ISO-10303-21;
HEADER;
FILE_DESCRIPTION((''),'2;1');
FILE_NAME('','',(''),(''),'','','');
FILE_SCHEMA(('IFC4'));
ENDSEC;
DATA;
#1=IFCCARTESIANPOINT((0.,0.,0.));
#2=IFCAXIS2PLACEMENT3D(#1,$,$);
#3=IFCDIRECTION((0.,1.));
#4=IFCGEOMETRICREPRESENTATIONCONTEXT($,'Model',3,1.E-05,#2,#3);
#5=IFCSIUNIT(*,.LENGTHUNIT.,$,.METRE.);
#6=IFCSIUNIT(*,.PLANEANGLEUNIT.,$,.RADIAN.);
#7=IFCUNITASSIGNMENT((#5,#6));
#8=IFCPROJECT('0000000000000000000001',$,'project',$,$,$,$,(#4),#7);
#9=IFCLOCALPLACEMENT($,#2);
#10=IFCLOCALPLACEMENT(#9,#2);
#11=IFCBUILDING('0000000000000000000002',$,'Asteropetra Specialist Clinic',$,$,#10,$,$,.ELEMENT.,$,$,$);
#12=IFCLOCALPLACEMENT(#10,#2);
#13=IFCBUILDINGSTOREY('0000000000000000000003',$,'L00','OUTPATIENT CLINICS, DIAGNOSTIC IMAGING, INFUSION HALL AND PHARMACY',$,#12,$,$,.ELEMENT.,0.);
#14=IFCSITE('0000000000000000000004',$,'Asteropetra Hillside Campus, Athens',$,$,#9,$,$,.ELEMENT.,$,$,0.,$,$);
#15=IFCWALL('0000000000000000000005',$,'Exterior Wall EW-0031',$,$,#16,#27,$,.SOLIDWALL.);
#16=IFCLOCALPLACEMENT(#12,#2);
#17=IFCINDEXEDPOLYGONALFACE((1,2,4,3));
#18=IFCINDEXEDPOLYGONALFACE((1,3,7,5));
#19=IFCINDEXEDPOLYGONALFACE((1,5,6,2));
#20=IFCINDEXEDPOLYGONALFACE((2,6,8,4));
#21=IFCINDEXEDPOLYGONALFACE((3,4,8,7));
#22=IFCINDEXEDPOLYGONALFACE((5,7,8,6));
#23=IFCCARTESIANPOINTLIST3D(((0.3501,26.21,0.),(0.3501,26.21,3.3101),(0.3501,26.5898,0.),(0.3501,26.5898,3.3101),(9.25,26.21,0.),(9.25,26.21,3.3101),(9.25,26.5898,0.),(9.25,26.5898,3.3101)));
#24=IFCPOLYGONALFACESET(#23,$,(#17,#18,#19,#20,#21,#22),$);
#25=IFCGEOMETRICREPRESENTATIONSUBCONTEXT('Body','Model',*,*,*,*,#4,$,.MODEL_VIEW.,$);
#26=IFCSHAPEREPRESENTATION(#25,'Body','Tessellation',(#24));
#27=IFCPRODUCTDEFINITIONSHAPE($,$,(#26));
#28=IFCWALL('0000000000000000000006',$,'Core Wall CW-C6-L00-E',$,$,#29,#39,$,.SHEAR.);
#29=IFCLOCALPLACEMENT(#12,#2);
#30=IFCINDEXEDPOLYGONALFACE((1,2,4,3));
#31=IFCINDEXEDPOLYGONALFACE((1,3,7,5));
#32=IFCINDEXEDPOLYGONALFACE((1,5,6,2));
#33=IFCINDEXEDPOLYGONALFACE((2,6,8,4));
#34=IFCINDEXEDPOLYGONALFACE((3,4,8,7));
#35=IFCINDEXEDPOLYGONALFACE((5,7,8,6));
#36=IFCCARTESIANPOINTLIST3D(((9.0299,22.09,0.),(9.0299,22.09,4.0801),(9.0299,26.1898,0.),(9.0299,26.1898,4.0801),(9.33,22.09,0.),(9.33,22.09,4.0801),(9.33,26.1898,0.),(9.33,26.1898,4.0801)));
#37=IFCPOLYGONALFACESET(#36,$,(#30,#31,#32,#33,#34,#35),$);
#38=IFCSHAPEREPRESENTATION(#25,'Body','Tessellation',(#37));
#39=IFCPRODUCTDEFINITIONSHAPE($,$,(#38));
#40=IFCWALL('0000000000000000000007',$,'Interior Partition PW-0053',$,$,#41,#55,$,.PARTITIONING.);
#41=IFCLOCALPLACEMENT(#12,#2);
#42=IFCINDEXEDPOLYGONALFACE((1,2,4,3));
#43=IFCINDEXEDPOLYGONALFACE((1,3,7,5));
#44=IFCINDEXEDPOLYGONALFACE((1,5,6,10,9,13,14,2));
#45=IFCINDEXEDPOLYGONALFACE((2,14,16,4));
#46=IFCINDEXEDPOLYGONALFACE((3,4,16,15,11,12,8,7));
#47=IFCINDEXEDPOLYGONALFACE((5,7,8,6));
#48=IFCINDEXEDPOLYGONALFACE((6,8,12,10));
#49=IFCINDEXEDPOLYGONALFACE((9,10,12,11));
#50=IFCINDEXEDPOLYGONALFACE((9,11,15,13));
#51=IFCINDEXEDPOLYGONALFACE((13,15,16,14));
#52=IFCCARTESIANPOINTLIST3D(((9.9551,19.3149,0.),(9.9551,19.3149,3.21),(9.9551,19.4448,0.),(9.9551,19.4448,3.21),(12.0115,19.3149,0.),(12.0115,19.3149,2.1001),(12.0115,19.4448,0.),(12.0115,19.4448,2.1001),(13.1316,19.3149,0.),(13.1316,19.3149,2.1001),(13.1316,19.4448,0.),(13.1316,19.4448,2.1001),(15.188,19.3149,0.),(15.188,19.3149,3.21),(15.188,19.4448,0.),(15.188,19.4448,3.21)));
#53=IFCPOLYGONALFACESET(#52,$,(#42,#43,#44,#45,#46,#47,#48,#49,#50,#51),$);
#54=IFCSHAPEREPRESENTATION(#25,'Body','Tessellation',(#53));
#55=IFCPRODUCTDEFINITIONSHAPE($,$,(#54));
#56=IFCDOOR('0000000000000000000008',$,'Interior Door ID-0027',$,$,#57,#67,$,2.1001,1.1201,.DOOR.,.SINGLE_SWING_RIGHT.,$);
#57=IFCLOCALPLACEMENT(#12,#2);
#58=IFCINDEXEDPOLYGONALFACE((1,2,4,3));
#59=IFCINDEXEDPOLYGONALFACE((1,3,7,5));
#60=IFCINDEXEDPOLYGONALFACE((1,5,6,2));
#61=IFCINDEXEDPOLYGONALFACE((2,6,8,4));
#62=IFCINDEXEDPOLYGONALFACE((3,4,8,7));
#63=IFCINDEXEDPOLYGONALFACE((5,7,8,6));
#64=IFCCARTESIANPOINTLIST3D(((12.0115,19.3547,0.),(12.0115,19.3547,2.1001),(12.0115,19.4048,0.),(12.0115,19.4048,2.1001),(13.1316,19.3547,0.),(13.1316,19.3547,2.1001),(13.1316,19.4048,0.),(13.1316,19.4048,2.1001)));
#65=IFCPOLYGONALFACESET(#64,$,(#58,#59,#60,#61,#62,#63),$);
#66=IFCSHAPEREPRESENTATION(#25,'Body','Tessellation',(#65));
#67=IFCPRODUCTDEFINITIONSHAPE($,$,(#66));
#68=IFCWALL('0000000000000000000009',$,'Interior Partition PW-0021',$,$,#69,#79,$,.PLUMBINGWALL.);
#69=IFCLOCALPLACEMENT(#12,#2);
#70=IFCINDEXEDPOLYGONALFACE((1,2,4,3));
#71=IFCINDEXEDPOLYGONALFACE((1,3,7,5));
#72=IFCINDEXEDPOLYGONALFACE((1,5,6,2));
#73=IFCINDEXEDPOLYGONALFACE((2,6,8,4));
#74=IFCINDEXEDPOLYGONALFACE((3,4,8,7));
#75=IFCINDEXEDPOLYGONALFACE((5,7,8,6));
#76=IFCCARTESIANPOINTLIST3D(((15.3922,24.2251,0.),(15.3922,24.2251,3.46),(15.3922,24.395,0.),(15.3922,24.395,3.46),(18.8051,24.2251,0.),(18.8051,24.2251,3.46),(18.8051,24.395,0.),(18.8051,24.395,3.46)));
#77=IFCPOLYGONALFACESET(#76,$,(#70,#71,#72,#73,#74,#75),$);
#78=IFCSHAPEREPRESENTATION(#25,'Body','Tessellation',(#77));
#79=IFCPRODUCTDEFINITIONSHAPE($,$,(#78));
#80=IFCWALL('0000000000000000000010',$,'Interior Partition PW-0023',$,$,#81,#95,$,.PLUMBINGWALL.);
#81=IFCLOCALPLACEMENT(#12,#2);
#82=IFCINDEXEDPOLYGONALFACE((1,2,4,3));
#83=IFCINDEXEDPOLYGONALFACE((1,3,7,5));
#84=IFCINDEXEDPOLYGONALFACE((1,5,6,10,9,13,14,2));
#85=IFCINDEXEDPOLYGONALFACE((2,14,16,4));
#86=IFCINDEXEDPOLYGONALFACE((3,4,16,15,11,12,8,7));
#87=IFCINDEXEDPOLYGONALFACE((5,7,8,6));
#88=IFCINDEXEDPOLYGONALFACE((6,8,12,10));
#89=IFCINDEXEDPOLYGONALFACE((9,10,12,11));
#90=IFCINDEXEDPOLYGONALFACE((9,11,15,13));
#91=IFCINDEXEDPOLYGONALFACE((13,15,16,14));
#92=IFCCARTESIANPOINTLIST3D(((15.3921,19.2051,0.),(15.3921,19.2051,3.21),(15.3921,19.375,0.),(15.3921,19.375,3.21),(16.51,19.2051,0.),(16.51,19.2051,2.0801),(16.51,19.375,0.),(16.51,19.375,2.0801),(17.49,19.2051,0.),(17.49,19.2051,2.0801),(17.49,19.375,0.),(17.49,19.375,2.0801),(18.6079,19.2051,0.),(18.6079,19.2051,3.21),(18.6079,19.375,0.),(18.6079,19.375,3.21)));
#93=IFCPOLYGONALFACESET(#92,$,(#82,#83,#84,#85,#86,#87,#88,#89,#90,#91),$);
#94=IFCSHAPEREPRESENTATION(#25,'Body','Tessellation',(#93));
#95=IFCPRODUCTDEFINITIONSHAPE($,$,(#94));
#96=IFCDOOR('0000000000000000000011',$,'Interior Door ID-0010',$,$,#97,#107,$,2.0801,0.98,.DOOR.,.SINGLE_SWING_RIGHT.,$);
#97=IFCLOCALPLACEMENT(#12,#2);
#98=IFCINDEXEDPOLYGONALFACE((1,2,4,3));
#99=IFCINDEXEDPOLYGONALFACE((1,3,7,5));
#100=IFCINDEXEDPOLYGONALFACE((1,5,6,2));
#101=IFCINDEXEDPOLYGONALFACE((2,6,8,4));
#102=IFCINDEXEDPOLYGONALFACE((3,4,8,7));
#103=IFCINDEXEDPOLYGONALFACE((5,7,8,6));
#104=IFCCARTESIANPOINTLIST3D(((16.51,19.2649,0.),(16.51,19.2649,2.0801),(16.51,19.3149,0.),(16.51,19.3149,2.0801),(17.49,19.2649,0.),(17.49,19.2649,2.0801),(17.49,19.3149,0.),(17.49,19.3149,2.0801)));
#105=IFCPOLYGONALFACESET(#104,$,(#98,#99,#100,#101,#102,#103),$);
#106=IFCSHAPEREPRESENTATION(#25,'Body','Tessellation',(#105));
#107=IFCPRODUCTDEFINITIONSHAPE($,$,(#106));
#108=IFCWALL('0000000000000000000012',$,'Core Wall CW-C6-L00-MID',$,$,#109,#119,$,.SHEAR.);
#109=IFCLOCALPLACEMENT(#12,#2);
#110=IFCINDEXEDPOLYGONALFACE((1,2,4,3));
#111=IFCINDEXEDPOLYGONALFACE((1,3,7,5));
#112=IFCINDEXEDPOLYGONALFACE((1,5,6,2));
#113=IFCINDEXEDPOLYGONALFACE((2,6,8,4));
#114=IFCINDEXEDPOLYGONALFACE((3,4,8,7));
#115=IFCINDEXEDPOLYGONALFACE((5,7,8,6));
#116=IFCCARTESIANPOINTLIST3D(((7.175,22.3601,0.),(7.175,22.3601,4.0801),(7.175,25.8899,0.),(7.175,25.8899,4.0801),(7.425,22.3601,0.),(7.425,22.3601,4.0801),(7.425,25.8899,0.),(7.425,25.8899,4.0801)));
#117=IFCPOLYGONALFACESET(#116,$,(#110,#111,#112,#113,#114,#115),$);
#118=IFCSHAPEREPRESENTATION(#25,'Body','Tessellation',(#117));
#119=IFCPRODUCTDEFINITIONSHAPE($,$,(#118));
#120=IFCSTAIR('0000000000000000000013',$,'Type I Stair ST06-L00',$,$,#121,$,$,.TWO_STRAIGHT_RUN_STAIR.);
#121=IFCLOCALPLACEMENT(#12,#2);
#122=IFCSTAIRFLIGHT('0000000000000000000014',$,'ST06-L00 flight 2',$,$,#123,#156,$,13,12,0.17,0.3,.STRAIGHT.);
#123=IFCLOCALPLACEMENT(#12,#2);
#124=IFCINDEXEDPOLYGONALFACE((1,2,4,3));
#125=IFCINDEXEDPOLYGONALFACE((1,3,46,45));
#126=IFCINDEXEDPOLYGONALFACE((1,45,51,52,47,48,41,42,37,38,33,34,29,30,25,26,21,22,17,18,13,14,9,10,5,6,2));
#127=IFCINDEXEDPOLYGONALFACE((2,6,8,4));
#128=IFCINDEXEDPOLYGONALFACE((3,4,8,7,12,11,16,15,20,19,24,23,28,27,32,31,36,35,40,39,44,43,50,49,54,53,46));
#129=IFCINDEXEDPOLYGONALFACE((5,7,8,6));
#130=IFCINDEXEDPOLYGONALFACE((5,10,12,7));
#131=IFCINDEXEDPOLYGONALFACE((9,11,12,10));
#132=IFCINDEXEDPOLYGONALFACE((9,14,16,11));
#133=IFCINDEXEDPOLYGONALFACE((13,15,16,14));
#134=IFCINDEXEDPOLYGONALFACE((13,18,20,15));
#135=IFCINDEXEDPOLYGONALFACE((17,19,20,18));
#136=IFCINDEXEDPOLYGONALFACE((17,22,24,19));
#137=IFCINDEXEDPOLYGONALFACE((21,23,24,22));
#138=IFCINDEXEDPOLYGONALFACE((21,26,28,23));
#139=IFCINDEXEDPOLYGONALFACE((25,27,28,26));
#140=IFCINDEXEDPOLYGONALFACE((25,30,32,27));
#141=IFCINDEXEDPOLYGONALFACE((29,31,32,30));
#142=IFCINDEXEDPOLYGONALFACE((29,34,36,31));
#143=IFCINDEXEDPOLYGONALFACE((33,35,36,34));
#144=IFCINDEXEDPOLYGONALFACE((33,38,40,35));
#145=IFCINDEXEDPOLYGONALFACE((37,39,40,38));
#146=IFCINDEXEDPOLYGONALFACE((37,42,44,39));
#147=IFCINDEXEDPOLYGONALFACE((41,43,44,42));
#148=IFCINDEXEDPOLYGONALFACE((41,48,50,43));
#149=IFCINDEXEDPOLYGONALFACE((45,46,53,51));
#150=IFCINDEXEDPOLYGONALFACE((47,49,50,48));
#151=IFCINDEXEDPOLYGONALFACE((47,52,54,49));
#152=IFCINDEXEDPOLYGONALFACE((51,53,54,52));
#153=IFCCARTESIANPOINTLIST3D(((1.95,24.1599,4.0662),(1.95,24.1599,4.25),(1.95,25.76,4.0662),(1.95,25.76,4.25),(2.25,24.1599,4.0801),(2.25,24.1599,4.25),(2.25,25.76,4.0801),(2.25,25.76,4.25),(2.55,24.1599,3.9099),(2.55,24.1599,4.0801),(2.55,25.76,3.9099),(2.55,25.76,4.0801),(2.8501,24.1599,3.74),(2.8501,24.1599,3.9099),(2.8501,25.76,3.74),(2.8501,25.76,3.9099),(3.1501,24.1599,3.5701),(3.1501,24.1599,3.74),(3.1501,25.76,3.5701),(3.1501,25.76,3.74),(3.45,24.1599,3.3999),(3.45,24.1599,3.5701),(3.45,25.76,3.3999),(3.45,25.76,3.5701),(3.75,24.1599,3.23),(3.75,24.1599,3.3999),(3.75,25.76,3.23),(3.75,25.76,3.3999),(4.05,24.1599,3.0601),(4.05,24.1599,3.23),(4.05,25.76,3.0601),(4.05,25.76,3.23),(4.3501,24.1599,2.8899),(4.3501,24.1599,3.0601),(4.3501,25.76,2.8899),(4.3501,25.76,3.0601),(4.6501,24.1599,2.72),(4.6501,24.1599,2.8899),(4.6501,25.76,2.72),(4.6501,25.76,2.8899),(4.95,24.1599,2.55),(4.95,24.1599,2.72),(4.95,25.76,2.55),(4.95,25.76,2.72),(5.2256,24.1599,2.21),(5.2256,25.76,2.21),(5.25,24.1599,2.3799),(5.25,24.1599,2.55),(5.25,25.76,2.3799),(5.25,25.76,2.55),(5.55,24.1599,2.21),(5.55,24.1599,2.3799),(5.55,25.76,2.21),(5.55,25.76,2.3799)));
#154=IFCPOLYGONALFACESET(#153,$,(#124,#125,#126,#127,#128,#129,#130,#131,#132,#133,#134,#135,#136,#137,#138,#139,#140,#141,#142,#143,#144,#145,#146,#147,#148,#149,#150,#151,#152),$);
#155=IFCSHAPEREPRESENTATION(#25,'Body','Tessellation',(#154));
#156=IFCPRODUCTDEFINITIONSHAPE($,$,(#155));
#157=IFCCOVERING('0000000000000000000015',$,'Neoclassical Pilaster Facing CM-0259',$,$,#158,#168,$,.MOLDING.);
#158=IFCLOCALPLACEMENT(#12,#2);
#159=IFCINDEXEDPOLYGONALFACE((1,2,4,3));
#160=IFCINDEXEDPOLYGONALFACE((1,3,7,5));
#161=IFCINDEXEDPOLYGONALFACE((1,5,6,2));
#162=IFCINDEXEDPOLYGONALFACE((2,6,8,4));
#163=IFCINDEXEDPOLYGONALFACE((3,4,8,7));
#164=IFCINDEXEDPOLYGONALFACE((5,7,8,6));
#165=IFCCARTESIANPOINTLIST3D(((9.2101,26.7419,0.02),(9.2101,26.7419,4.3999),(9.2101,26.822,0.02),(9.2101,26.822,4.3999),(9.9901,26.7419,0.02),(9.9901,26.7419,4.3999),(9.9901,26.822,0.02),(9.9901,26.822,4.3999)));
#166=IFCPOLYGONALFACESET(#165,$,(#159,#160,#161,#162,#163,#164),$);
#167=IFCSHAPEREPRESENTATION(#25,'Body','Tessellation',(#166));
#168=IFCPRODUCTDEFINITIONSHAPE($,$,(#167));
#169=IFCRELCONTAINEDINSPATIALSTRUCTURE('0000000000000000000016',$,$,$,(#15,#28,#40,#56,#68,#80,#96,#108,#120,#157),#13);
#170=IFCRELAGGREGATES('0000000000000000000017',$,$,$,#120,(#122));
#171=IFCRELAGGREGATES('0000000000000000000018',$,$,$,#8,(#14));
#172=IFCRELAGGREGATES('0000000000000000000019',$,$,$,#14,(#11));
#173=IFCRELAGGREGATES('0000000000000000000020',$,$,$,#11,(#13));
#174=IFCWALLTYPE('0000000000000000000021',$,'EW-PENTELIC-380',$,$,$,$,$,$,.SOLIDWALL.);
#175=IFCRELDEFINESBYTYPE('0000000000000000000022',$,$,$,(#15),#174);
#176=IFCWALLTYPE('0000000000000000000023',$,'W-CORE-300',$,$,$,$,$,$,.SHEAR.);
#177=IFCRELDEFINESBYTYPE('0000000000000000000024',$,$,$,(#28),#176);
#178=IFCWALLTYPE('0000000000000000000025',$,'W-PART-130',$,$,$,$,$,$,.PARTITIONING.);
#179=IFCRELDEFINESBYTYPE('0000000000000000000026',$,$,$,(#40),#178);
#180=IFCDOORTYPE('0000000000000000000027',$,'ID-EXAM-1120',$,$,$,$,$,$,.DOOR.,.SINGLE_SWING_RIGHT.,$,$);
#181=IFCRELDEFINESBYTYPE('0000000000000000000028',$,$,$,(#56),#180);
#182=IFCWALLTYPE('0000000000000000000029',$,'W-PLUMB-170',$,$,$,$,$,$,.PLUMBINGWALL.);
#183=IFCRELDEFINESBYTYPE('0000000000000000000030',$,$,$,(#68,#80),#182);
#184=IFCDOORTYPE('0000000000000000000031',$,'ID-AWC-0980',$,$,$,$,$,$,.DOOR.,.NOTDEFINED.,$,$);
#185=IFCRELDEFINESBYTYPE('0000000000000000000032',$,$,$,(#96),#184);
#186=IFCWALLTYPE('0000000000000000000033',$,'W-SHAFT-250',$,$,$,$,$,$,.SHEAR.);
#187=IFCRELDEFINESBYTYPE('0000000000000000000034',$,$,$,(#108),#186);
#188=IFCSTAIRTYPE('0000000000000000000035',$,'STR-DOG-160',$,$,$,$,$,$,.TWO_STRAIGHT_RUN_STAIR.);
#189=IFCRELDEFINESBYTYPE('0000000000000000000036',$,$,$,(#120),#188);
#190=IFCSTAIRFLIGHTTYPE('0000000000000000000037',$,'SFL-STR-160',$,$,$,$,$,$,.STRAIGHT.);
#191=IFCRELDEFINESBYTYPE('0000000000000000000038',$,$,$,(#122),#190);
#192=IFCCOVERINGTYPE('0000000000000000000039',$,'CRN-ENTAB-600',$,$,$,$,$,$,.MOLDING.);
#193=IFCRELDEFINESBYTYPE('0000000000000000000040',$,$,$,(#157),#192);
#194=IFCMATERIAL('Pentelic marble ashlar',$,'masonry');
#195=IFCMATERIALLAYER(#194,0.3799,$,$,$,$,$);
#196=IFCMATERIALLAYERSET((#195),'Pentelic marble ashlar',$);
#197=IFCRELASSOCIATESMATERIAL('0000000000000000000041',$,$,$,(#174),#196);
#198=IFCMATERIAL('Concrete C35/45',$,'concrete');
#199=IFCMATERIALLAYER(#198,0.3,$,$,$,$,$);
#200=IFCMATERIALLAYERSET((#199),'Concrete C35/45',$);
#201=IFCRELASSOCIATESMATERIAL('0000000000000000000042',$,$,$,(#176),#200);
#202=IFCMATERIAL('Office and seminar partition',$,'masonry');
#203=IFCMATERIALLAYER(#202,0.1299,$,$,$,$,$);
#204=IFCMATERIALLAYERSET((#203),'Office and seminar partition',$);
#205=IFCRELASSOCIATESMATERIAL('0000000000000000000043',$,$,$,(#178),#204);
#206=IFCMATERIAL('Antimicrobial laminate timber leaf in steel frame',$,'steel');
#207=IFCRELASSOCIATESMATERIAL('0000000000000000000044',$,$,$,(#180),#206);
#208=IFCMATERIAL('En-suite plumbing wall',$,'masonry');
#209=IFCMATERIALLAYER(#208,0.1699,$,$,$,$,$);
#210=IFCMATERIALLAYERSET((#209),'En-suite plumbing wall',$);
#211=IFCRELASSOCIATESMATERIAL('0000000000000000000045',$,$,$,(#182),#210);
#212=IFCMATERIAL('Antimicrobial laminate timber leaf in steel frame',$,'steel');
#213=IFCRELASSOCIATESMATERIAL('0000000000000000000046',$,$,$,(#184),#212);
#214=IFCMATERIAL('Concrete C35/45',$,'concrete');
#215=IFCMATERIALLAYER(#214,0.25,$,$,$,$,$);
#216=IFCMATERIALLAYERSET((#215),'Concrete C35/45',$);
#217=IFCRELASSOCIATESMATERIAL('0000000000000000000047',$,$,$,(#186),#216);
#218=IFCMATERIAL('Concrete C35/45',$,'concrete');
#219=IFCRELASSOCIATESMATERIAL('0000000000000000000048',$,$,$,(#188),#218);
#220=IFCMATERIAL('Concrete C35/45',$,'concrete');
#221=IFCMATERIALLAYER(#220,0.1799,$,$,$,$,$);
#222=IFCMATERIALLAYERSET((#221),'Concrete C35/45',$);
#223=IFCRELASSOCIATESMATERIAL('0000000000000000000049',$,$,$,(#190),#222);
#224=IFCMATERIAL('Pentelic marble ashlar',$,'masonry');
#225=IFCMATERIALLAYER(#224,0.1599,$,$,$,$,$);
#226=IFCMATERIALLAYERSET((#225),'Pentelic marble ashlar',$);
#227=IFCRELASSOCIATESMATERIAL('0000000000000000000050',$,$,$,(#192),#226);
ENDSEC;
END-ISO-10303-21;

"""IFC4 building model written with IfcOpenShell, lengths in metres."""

from ifc_helpers import new_model, si_unit, direction, frame, frame_2d, origin, origin_2d, place, context, subcontext, project, spatial, polyline, rectangle, outline, extrude, material, layer, layer_set, type_object, element, fill, aggregate, save


model = new_model("IFC4")

# Units and contexts
model_context = context("Model", 3, precision=1e-05, world=origin(), true_north=direction((0.0, 1.0)))
body_context = subcontext(model_context, "Body", "Model", "MODEL_VIEW")
ifc_project = project(units=[si_unit("LENGTHUNIT", "METRE"), si_unit("PLANEANGLEUNIT", "RADIAN")], contexts=[model_context])

# Site, building, storey
site_placement = place(None, origin())
site = spatial("IfcSite", under=ifc_project, at=site_placement, Name="Asteropetra Hillside Campus, Athens", CompositionType="ELEMENT", RefElevation=0.0)
building_placement = place(site_placement, origin())
building = spatial("IfcBuilding", under=site, at=building_placement, Name="Asteropetra Specialist Clinic", CompositionType="ELEMENT")
storey_placement = place(building_placement, origin())
storey = spatial("IfcBuildingStorey", under=building, at=storey_placement, Name="L00", Description="OUTPATIENT CLINICS, DIAGNOSTIC IMAGING, INFUSION HALL AND PHARMACY", CompositionType="ELEMENT", Elevation=0.0)

# Walls
ifc_material_1 = material(Name="Pentelic marble ashlar", Category="masonry")
ifc_layer_1 = layer(ifc_material_1, 0.3799)
ifc_layer_set_1 = layer_set([ifc_layer_1], Name="Pentelic marble ashlar")
wall_type_1 = type_object("IfcWallType", Name="EW-PENTELIC-380", PredefinedType="SOLIDWALL", material=ifc_layer_set_1)
wall_1_placement = place(storey_placement, frame((9.25, 26.3999, 0.0), z_axis=(0.0, 0.0, 1.0), x_axis=(-1.0, 0.0, 0.0)))
element("IfcWall", 1, at=wall_1_placement, inside=storey, type_object=wall_type_1, Name="Exterior Wall EW-0031", PredefinedType="SOLIDWALL", context=body_context, shape_type="SweptSolid", body=[
    extrude(rectangle(XDim=8.8999, YDim=0.3799, at=frame_2d((4.45, 0.0))), origin(), (0.0, 0.0, 1.0), 3.3101),
])
ifc_material_2 = material(Name="Concrete C35/45", Category="concrete")
ifc_layer_2 = layer(ifc_material_2, 0.3)
ifc_layer_set_2 = layer_set([ifc_layer_2], Name="Concrete C35/45")
wall_type_2 = type_object("IfcWallType", Name="W-CORE-300", PredefinedType="SHEAR", material=ifc_layer_set_2)
wall_2_placement = place(storey_placement, frame((9.1799, 22.0901, 0.0), z_axis=(0.0, 0.0, 1.0), x_axis=(0.0, 1.0, 0.0)))
element("IfcWall", 2, at=wall_2_placement, inside=storey, type_object=wall_type_2, Name="Core Wall CW-C6-L00-E", PredefinedType="SHEAR", context=body_context, shape_type="SweptSolid", body=[
    extrude(rectangle(XDim=4.0999, YDim=0.3, at=frame_2d((2.0498, 0.0))), origin(), (0.0, 0.0, 1.0), 4.0801),
])

# Wall, opening, door
ifc_material_3 = material(Name="Office and seminar partition", Category="masonry")
ifc_layer_3 = layer(ifc_material_3, 0.1299)
ifc_layer_set_3 = layer_set([ifc_layer_3], Name="Office and seminar partition")
wall_type_3 = type_object("IfcWallType", Name="W-PART-130", PredefinedType="PARTITIONING", material=ifc_layer_set_3)
wall_3_placement = place(storey_placement, frame((9.9551, 19.3799, 0.0), z_axis=(0.0, 0.0, 1.0), x_axis=(1.0, 0.0, 0.0)))
wall_3 = element("IfcWall", 3, at=wall_3_placement, inside=storey, type_object=wall_type_3, Name="Interior Partition PW-0053", PredefinedType="PARTITIONING", context=body_context, shape_type="SweptSolid", body=[
    extrude(rectangle(XDim=5.2329, YDim=0.1299, at=frame_2d((2.6165, 0.0))), origin(), (0.0, 0.0, 1.0), 3.21),
])
opening_1_placement = place(wall_3_placement, frame((2.0564, 0.0, 0.0)))
opening_1 = element("IfcOpeningElement", 4, at=opening_1_placement, cuts=wall_3, PredefinedType="OPENING", context=body_context, shape_type="SweptSolid", body=[
    extrude(rectangle(XDim=1.1201, YDim=2.1001, at=frame_2d((0.5601, 1.05))), frame((0.0, 0.075, 0.0), z_axis=(0.0, -1.0, 0.0), x_axis=(1.0, 0.0, 0.0)), (0.0, 0.0, 1.0), 0.1499),
])
ifc_material_4 = material(Name="Antimicrobial laminate timber leaf in steel frame", Category="steel")
door_type_1 = type_object("IfcDoorType", Name="ID-EXAM-1120", OperationType="SINGLE_SWING_RIGHT", PredefinedType="DOOR", material=ifc_material_4)
door_1_placement = place(opening_1_placement, origin())
door_1 = element("IfcDoor", 5, at=door_1_placement, inside=storey, type_object=door_type_1, Name="Interior Door ID-0027", OperationType="SINGLE_SWING_RIGHT", OverallHeight=2.1001, OverallWidth=1.1201, PredefinedType="DOOR", context=body_context, shape_type="SweptSolid", body=[
    extrude(rectangle(XDim=1.1201, YDim=2.1001, at=frame_2d((0.5601, 1.05))), frame((0.0, 0.0249, 0.0), z_axis=(0.0, -1.0, 0.0), x_axis=(1.0, 0.0, 0.0)), (0.0, 0.0, 1.0), 0.05),
])
fill(opening_1, door_1)

# Wall
ifc_material_5 = material(Name="En-suite plumbing wall", Category="masonry")
ifc_layer_4 = layer(ifc_material_5, 0.1699)
ifc_layer_set_4 = layer_set([ifc_layer_4], Name="En-suite plumbing wall")
wall_type_4 = type_object("IfcWallType", Name="W-PLUMB-170", PredefinedType="PLUMBINGWALL", material=ifc_layer_set_4)
wall_4_placement = place(storey_placement, frame((15.3921, 24.3101, 0.0), z_axis=(0.0, 0.0, 1.0), x_axis=(1.0, 0.0, 0.0)))
element("IfcWall", 6, at=wall_4_placement, inside=storey, type_object=wall_type_4, Name="Interior Partition PW-0021", PredefinedType="PLUMBINGWALL", context=body_context, shape_type="SweptSolid", body=[
    extrude(rectangle(XDim=3.4128, YDim=0.1699, at=frame_2d((1.7065, 0.0))), origin(), (0.0, 0.0, 1.0), 3.46),
])

# Wall, opening, door
wall_5_placement = place(storey_placement, frame((15.3921, 19.29, 0.0), z_axis=(0.0, 0.0, 1.0), x_axis=(1.0, 0.0, 0.0)))
wall_5 = element("IfcWall", 7, at=wall_5_placement, inside=storey, type_object=wall_type_4, Name="Interior Partition PW-0023", PredefinedType="PLUMBINGWALL", context=body_context, shape_type="SweptSolid", body=[
    extrude(rectangle(XDim=3.2158, YDim=0.1699, at=frame_2d((1.6079, 0.0))), origin(), (0.0, 0.0, 1.0), 3.21),
])
opening_2_placement = place(wall_5_placement, frame((1.1179, 0.0, 0.0)))
opening_2 = element("IfcOpeningElement", 8, at=opening_2_placement, cuts=wall_5, PredefinedType="OPENING", context=body_context, shape_type="SweptSolid", body=[
    extrude(rectangle(XDim=0.98, YDim=2.0801, at=frame_2d((0.49, 1.04))), frame((0.0, 0.095, 0.0), z_axis=(0.0, -1.0, 0.0), x_axis=(1.0, 0.0, 0.0)), (0.0, 0.0, 1.0), 0.1899),
])
ifc_material_6 = material(Name="Antimicrobial laminate timber leaf in steel frame", Category="steel")
door_type_2 = type_object("IfcDoorType", Name="ID-AWC-0980", OperationType="NOTDEFINED", PredefinedType="DOOR", material=ifc_material_6)
door_2_placement = place(opening_2_placement, origin())
door_2 = element("IfcDoor", 9, at=door_2_placement, inside=storey, type_object=door_type_2, Name="Interior Door ID-0010", OperationType="SINGLE_SWING_RIGHT", OverallHeight=2.0801, OverallWidth=0.98, PredefinedType="DOOR", context=body_context, shape_type="SweptSolid", body=[
    extrude(rectangle(XDim=0.98, YDim=2.0801, at=frame_2d((0.49, 1.04))), frame((0.0, 0.0249, 0.0), z_axis=(0.0, -1.0, 0.0), x_axis=(1.0, 0.0, 0.0)), (0.0, 0.0, 1.0), 0.05),
])
fill(opening_2, door_2)

# Wall
ifc_material_7 = material(Name="Concrete C35/45", Category="concrete")
ifc_layer_5 = layer(ifc_material_7, 0.25)
ifc_layer_set_5 = layer_set([ifc_layer_5], Name="Concrete C35/45")
wall_type_5 = type_object("IfcWallType", Name="W-SHAFT-250", PredefinedType="SHEAR", material=ifc_layer_set_5)
wall_6_placement = place(storey_placement, frame((7.3, 22.3601, 0.0), z_axis=(0.0, 0.0, 1.0), x_axis=(0.0, 1.0, 0.0)))
element("IfcWall", 10, at=wall_6_placement, inside=storey, type_object=wall_type_5, Name="Core Wall CW-C6-L00-MID", PredefinedType="SHEAR", context=body_context, shape_type="SweptSolid", body=[
    extrude(rectangle(XDim=3.5298, YDim=0.25, at=frame_2d((1.7649, 0.0))), origin(), (0.0, 0.0, 1.0), 4.0801),
])

# Stair, stair flight
ifc_material_8 = material(Name="Concrete C35/45", Category="concrete")
stair_type = type_object("IfcStairType", Name="STR-DOG-160", PredefinedType="TWO_STRAIGHT_RUN_STAIR", material=ifc_material_8)
stair_placement = place(storey_placement, origin())
stair = element("IfcStair", 11, at=stair_placement, inside=storey, type_object=stair_type, Name="Type I Stair ST06-L00", PredefinedType="TWO_STRAIGHT_RUN_STAIR")
ifc_material_9 = material(Name="Concrete C35/45", Category="concrete")
ifc_layer_6 = layer(ifc_material_9, 0.1799)
ifc_layer_set_6 = layer_set([ifc_layer_6], Name="Concrete C35/45")
stair_flight_type = type_object("IfcStairFlightType", Name="SFL-STR-160", PredefinedType="STRAIGHT", material=ifc_layer_set_6)
stair_flight_placement = place(storey_placement, frame((5.55, 24.96, 2.21), z_axis=(0.0, 0.0, 1.0), x_axis=(-1.0, 0.0, 0.0)))
stair_flight = element("IfcStairFlight", 12, at=stair_flight_placement, type_object=stair_flight_type, Name="ST06-L00 flight 2", NumberOfRisers=13, NumberOfTreads=12, PredefinedType="STRAIGHT", RiserHeight=0.17, TreadLength=0.3, context=body_context, shape_type="SweptSolid", body=[
    extrude(outline(polyline([(0.0, 0.0), (0.0, 0.1699), (0.3, 0.1699), (0.3, 0.3401), (0.6001, 0.3401), (0.6001, 0.51), (0.8999, 0.51), (0.8999, 0.6799), (1.2, 0.6799), (1.2, 0.8501), (1.5, 0.8501), (1.5, 1.02), (1.8, 1.02), (1.8, 1.1899), (2.1001, 1.1899), (2.1001, 1.3601), (2.3999, 1.3601), (2.3999, 1.53), (2.7, 1.53), (2.7, 1.7), (3.0, 1.7), (3.0, 1.8701), (3.3, 1.8701), (3.3, 2.04), (3.6001, 2.04), (3.6001, 2.21), (3.6001, 1.8562), (0.3245, 0.0), (0.0, 0.0)])), frame((0.0, 0.8, 0.0), z_axis=(0.0, -1.0, 0.0), x_axis=(1.0, 0.0, 0.0)), (0.0, 0.0, 1.0), 1.6001),
])
aggregate(stair, [stair_flight])

# Covering
ifc_material_10 = material(Name="Pentelic marble ashlar", Category="masonry")
ifc_layer_7 = layer(ifc_material_10, 0.1599)
ifc_layer_set_7 = layer_set([ifc_layer_7], Name="Pentelic marble ashlar")
covering_type = type_object("IfcCoveringType", Name="CRN-ENTAB-600", PredefinedType="MOLDING", material=ifc_layer_set_7)
covering_placement = place(storey_placement, frame((9.6001, 26.782, 0.02), z_axis=(0.0, 0.0, 1.0), x_axis=(1.0, 0.0, 0.0)))
element("IfcCovering", 13, at=covering_placement, inside=storey, type_object=covering_type, Name="Neoclassical Pilaster Facing CM-0259", PredefinedType="MOLDING", context=body_context, shape_type="SweptSolid", body=[
    extrude(rectangle(XDim=0.78, YDim=0.0801, at=origin_2d()), origin(), (0.0, 0.0, 1.0), 4.3799),
])

save(model, "model.ifc")
